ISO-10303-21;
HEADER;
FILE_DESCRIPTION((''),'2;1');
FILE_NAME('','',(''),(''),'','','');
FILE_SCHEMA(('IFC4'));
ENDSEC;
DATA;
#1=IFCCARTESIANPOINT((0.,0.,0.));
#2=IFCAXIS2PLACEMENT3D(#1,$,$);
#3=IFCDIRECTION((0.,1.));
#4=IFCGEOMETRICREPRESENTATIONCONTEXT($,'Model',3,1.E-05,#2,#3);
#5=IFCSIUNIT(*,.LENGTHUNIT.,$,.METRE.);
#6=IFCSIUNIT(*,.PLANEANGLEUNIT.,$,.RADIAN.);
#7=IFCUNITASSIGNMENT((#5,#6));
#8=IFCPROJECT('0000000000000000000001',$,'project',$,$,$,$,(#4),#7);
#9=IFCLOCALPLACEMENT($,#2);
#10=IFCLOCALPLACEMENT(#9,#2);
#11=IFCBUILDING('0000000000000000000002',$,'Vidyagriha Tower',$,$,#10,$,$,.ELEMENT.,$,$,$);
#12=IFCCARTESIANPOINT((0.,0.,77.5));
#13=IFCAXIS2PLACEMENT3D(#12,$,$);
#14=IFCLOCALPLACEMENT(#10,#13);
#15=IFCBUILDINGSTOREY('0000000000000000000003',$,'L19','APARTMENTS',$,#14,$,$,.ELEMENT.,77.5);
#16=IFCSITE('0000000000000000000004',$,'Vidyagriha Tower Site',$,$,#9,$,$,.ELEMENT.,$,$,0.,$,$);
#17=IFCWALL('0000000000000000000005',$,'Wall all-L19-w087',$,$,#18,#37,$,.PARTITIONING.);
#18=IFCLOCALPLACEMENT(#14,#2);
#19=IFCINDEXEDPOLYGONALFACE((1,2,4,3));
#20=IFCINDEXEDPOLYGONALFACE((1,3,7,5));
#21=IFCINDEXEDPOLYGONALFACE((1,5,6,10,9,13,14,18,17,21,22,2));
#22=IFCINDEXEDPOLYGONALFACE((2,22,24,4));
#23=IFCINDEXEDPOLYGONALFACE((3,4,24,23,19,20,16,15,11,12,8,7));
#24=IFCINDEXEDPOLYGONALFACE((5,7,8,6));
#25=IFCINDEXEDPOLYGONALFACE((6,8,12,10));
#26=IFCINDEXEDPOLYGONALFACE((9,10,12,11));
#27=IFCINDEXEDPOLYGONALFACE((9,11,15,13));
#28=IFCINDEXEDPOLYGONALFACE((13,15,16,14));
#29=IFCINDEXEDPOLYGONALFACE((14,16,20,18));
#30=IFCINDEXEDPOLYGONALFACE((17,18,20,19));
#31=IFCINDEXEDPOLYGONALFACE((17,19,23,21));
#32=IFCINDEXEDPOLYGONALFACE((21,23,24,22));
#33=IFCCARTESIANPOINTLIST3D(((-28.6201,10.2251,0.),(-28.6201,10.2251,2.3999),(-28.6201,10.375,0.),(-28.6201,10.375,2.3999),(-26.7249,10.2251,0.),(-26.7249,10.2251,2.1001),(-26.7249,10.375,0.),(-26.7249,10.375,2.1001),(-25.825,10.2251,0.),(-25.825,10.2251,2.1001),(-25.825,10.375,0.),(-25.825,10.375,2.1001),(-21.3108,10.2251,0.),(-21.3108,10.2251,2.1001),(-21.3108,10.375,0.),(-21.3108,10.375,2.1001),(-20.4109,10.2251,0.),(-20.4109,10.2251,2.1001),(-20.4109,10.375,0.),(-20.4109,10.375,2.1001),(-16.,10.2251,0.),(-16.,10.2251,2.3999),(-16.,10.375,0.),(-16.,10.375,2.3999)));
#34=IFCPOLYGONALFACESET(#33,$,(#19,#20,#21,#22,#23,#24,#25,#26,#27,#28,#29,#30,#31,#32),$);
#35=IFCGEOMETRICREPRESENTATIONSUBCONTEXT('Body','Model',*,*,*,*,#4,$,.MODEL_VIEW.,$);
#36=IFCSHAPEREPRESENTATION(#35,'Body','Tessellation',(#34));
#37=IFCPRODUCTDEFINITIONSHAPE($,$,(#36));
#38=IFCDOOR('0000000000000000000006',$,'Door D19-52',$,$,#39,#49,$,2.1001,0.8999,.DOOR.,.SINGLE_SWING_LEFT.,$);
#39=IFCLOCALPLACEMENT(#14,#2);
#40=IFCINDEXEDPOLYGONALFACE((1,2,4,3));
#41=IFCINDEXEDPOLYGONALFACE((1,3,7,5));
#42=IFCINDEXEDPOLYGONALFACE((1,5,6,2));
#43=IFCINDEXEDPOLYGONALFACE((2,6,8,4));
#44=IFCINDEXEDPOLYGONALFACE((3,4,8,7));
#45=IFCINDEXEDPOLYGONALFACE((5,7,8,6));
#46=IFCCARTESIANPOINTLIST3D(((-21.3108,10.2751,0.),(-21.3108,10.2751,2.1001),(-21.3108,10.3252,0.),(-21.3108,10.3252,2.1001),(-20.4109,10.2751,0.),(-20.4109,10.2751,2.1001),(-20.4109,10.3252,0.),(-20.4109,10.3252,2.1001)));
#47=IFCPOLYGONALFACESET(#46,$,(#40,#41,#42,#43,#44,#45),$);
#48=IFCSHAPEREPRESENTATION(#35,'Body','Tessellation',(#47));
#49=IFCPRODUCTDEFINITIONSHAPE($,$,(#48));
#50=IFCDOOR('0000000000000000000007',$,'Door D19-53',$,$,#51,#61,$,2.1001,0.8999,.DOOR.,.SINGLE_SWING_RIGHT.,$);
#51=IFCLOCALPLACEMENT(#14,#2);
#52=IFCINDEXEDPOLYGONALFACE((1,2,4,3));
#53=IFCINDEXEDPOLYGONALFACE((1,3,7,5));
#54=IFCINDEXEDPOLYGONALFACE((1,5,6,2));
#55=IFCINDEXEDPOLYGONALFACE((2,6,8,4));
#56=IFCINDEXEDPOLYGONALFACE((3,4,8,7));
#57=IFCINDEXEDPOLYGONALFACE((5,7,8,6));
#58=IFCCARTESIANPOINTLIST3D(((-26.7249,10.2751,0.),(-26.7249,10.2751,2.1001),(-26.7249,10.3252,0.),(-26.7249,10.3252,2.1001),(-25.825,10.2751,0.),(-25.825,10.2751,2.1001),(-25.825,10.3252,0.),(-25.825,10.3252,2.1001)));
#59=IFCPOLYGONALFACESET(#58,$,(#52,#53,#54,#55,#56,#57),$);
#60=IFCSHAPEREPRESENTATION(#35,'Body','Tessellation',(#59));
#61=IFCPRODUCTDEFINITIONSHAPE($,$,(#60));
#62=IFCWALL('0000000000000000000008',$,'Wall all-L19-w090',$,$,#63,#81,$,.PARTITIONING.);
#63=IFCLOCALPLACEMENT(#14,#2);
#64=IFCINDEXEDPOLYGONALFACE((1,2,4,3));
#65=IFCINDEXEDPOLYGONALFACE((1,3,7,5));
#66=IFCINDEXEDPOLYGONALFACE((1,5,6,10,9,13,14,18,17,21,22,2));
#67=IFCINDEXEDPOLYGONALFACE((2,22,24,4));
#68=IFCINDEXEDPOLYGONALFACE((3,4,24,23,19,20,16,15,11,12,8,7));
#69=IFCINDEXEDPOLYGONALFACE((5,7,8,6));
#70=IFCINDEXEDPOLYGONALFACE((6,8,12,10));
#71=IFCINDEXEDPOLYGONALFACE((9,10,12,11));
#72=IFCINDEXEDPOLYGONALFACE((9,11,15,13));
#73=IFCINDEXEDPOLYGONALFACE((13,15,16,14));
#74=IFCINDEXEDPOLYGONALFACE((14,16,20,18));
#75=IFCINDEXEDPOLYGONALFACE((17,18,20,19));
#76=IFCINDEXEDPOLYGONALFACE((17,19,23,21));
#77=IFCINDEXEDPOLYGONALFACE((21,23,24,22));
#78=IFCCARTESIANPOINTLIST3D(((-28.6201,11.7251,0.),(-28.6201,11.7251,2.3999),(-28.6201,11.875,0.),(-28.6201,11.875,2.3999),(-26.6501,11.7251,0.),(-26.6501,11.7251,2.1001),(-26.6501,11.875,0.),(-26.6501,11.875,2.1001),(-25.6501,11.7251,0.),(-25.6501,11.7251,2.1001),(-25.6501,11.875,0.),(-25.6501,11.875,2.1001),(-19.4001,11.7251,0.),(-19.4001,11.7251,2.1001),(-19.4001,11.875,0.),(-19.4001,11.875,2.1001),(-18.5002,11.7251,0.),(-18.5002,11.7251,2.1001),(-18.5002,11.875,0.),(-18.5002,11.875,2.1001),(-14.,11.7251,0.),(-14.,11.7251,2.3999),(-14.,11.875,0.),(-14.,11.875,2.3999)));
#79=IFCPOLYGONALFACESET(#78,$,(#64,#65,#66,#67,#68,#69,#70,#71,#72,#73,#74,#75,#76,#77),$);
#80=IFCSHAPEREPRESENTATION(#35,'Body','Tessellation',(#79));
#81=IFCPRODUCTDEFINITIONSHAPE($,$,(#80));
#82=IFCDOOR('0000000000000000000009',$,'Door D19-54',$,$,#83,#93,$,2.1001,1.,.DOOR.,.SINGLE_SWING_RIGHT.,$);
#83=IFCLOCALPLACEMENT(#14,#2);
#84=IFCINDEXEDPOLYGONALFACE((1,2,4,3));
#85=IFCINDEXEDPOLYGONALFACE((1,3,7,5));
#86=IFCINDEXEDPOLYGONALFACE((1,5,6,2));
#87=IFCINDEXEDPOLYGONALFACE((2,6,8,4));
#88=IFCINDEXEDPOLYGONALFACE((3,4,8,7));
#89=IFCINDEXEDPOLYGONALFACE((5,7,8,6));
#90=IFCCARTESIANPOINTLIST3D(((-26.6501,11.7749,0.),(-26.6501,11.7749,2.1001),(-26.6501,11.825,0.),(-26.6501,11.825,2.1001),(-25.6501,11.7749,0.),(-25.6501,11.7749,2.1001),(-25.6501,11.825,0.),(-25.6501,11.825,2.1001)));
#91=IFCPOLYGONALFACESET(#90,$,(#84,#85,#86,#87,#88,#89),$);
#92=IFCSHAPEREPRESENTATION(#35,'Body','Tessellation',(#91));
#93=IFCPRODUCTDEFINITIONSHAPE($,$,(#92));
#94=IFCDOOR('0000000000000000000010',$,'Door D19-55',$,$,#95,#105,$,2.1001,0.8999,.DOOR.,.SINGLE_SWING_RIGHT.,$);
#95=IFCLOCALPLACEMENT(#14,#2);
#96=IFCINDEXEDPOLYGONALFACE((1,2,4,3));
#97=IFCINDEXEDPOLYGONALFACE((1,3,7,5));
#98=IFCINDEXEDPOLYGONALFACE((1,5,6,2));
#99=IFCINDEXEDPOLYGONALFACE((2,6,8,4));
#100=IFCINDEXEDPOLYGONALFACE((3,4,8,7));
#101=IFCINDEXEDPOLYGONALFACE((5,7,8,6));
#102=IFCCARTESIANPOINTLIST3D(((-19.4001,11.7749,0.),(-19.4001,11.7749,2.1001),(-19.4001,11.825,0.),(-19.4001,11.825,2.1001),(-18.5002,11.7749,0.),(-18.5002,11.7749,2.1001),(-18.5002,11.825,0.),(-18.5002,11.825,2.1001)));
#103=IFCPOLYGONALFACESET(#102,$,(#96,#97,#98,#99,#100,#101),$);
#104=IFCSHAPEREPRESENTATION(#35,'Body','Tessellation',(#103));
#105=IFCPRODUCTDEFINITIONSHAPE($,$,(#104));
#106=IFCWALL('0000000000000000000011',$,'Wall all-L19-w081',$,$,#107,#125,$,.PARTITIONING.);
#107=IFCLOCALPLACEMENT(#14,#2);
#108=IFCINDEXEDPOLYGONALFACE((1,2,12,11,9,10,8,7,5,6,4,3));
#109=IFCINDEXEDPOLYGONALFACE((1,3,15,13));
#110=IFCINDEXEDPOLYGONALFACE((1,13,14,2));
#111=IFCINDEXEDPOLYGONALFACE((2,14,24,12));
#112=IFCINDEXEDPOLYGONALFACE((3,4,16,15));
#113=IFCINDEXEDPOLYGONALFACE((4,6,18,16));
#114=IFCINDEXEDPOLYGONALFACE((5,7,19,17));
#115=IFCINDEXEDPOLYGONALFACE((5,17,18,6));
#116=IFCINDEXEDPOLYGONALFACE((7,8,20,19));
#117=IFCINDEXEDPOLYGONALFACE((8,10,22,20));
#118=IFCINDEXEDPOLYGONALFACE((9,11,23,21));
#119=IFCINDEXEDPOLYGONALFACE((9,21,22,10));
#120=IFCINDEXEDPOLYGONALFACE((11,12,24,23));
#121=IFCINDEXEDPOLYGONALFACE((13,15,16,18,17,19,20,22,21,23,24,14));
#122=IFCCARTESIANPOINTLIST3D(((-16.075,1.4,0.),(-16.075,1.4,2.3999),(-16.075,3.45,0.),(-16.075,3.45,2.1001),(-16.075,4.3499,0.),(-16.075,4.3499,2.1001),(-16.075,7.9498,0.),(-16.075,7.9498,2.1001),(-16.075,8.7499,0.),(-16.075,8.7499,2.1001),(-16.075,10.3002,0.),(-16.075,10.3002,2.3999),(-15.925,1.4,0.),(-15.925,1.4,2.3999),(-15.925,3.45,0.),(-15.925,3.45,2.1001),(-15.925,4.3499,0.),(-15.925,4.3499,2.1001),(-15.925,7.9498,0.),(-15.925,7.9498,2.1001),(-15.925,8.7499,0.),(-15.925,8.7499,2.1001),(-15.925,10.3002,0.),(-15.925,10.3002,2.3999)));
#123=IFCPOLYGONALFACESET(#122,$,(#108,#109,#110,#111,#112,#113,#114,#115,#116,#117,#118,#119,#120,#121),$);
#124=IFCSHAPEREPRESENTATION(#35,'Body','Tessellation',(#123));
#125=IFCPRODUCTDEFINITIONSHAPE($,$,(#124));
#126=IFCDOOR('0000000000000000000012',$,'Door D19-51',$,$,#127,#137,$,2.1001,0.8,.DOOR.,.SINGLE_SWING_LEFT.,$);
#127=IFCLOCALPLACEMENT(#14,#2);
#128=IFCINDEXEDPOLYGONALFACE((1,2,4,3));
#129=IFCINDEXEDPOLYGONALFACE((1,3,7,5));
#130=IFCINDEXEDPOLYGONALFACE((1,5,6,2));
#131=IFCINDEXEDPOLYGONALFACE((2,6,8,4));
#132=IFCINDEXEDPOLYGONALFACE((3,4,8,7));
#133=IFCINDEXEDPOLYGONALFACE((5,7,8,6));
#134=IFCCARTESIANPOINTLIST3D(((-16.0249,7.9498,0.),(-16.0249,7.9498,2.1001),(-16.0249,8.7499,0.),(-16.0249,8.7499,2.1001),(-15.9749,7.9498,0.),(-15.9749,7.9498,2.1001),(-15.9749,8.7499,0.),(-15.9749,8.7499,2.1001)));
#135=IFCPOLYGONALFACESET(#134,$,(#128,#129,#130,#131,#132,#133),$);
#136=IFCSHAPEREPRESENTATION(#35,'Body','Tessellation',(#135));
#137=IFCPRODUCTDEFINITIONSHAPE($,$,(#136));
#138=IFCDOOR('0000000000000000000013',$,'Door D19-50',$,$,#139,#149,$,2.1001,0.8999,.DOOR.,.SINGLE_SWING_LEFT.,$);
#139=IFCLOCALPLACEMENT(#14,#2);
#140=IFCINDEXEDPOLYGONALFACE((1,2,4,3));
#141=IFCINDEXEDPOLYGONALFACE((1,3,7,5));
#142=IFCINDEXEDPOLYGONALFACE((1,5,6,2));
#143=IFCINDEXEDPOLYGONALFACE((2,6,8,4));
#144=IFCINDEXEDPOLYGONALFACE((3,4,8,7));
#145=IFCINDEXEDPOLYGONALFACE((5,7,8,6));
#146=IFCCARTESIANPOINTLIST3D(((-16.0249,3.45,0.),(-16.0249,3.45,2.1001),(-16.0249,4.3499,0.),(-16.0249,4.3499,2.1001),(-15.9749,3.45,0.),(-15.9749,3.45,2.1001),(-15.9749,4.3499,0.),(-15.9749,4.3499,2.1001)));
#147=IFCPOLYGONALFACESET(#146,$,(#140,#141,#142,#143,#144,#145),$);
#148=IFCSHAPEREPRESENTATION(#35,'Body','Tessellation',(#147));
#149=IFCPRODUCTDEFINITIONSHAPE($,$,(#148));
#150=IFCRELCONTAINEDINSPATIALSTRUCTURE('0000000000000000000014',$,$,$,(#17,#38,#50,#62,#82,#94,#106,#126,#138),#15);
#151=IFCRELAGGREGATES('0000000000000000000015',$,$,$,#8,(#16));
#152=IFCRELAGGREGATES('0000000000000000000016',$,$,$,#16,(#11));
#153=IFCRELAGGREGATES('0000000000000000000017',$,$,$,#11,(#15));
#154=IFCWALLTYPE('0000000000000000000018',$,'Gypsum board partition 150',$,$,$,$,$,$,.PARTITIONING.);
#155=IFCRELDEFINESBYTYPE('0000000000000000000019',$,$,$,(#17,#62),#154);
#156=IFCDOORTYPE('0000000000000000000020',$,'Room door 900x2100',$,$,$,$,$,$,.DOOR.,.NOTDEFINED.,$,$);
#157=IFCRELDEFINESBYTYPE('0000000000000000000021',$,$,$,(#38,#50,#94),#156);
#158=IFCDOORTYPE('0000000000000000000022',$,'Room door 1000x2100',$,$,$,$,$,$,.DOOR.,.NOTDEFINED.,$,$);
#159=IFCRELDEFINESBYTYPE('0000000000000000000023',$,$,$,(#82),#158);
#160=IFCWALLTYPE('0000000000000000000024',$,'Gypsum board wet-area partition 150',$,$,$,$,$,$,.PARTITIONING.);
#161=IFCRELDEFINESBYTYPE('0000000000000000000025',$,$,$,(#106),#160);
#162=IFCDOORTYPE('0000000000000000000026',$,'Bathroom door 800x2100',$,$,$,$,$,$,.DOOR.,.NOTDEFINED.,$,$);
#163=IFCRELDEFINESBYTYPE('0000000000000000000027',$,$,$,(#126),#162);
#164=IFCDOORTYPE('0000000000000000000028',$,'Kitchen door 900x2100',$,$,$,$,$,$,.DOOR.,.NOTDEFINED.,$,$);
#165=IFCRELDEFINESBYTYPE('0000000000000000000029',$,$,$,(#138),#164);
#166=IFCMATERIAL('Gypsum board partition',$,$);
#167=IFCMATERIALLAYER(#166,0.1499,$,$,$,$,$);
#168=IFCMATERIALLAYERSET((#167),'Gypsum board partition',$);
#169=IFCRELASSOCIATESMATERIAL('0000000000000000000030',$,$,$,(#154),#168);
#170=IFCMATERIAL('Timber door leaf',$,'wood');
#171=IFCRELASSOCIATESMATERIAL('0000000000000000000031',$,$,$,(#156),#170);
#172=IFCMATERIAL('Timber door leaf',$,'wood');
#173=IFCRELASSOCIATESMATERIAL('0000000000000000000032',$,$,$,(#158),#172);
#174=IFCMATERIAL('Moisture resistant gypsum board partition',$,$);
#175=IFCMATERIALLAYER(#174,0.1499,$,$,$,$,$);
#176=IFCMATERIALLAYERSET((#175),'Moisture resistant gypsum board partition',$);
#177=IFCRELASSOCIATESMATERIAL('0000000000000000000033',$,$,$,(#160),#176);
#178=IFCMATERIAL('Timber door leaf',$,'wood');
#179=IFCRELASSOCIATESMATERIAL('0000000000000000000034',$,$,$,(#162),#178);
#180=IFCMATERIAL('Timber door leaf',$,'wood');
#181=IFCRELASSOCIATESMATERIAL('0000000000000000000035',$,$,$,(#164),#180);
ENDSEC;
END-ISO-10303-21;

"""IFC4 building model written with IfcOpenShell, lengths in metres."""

from ifc_helpers import new_model, si_unit, direction, frame, frame_2d, origin, place, context, subcontext, project, spatial, rectangle, extrude, material, layer, layer_set, type_object, element, fill, save


model = new_model("IFC4")

# Units and contexts
model_context = context("Model", 3, precision=1e-05, world=origin(), true_north=direction((0.0, 1.0)))
body_context = subcontext(model_context, "Body", "Model", "MODEL_VIEW")
ifc_project = project(units=[si_unit("LENGTHUNIT", "METRE"), si_unit("PLANEANGLEUNIT", "RADIAN")], contexts=[model_context])

# Site, building, storey
site_placement = place(None, origin())
site = spatial("IfcSite", under=ifc_project, at=site_placement, Name="Vidyagriha Tower Site", CompositionType="ELEMENT", RefElevation=0.0)
building_placement = place(site_placement, origin())
building = spatial("IfcBuilding", under=site, at=building_placement, Name="Vidyagriha Tower", CompositionType="ELEMENT")
storey_placement = place(building_placement, frame((0.0, 0.0, 77.5)))
storey = spatial("IfcBuildingStorey", under=building, at=storey_placement, Name="L19", Description="APARTMENTS", CompositionType="ELEMENT", Elevation=77.5)

# Shared definitions
ifc_material_1 = material(Name="Gypsum board partition")
ifc_layer_1 = layer(ifc_material_1, 0.1499)
ifc_layer_set_1 = layer_set([ifc_layer_1], Name="Gypsum board partition")
wall_type_1 = type_object("IfcWallType", Name="Gypsum board partition 150", PredefinedType="PARTITIONING", material=ifc_layer_set_1)

# Walls, openings, doors
wall_1_placement = place(storey_placement, frame((-16.0, 10.3, 0.0), z_axis=(0.0, 0.0, 1.0), x_axis=(-1.0, 0.0, 0.0)))
wall_1 = element("IfcWall", 1, at=wall_1_placement, inside=storey, type_object=wall_type_1, Name="Wall all-L19-w087", PredefinedType="PARTITIONING", context=body_context, shape_type="SweptSolid", body=[
    extrude(rectangle(XDim=12.6201, YDim=0.1499, at=frame_2d((6.3101, 0.0))), origin(), (0.0, 0.0, 1.0), 2.3999),
])
opening_1_placement = place(wall_1_placement, frame((4.4109, 0.0, 0.0)))
opening_1 = element("IfcOpeningElement", 2, at=opening_1_placement, cuts=wall_1, PredefinedType="OPENING", context=body_context, shape_type="SweptSolid", body=[
    extrude(rectangle(XDim=0.8999, YDim=2.1001, at=frame_2d((0.45, 1.05))), frame((0.0, 0.085, 0.0), z_axis=(0.0, -1.0, 0.0), x_axis=(1.0, 0.0, 0.0)), (0.0, 0.0, 1.0), 0.1699),
])
opening_2_placement = place(wall_1_placement, frame((9.825, 0.0, 0.0)))
opening_2 = element("IfcOpeningElement", 3, at=opening_2_placement, cuts=wall_1, PredefinedType="OPENING", context=body_context, shape_type="SweptSolid", body=[
    extrude(rectangle(XDim=0.8999, YDim=2.1001, at=frame_2d((0.45, 1.05))), frame((0.0, 0.085, 0.0), z_axis=(0.0, -1.0, 0.0), x_axis=(1.0, 0.0, 0.0)), (0.0, 0.0, 1.0), 0.1699),
])
ifc_material_2 = material(Name="Timber door leaf", Category="wood")
door_type_1 = type_object("IfcDoorType", Name="Room door 900x2100", OperationType="NOTDEFINED", PredefinedType="DOOR", material=ifc_material_2)
door_1_placement = place(opening_1_placement, origin())
door_1 = element("IfcDoor", 4, at=door_1_placement, inside=storey, type_object=door_type_1, Name="Door D19-52", OperationType="SINGLE_SWING_LEFT", OverallHeight=2.1001, OverallWidth=0.8999, PredefinedType="DOOR", context=body_context, shape_type="SweptSolid", body=[
    extrude(rectangle(XDim=0.8999, YDim=2.1001, at=frame_2d((0.45, 1.05))), frame((0.0, 0.0249, 0.0), z_axis=(0.0, -1.0, 0.0), x_axis=(1.0, 0.0, 0.0)), (0.0, 0.0, 1.0), 0.05),
])
fill(opening_1, door_1)
door_2_placement = place(opening_2_placement, origin())
door_2 = element("IfcDoor", 5, at=door_2_placement, inside=storey, type_object=door_type_1, Name="Door D19-53", OperationType="SINGLE_SWING_RIGHT", OverallHeight=2.1001, OverallWidth=0.8999, PredefinedType="DOOR", context=body_context, shape_type="SweptSolid", body=[
    extrude(rectangle(XDim=0.8999, YDim=2.1001, at=frame_2d((0.45, 1.05))), frame((0.0, 0.0249, 0.0), z_axis=(0.0, -1.0, 0.0), x_axis=(1.0, 0.0, 0.0)), (0.0, 0.0, 1.0), 0.05),
])
fill(opening_2, door_2)
wall_2_placement = place(storey_placement, frame((-28.6201, 11.8, 0.0)))
wall_2 = element("IfcWall", 6, at=wall_2_placement, inside=storey, type_object=wall_type_1, Name="Wall all-L19-w090", PredefinedType="PARTITIONING", context=body_context, shape_type="SweptSolid", body=[
    extrude(rectangle(XDim=14.6201, YDim=0.1499, at=frame_2d((7.3101, 0.0))), origin(), (0.0, 0.0, 1.0), 2.3999),
])
opening_3_placement = place(wall_2_placement, frame((1.97, 0.0, 0.0)))
opening_3 = element("IfcOpeningElement", 7, at=opening_3_placement, cuts=wall_2, PredefinedType="OPENING", context=body_context, shape_type="SweptSolid", body=[
    extrude(rectangle(XDim=1.0, YDim=2.1001, at=frame_2d((0.5, 1.05))), frame((0.0, 0.085, 0.0), z_axis=(0.0, -1.0, 0.0), x_axis=(1.0, 0.0, 0.0)), (0.0, 0.0, 1.0), 0.1699),
])
opening_4_placement = place(wall_2_placement, frame((9.22, 0.0, 0.0)))
opening_4 = element("IfcOpeningElement", 8, at=opening_4_placement, cuts=wall_2, PredefinedType="OPENING", context=body_context, shape_type="SweptSolid", body=[
    extrude(rectangle(XDim=0.8999, YDim=2.1001, at=frame_2d((0.45, 1.05))), frame((0.0, 0.085, 0.0), z_axis=(0.0, -1.0, 0.0), x_axis=(1.0, 0.0, 0.0)), (0.0, 0.0, 1.0), 0.1699),
])
ifc_material_3 = material(Name="Timber door leaf", Category="wood")
door_type_2 = type_object("IfcDoorType", Name="Room door 1000x2100", OperationType="NOTDEFINED", PredefinedType="DOOR", material=ifc_material_3)
door_3_placement = place(opening_3_placement, origin())
door_3 = element("IfcDoor", 9, at=door_3_placement, inside=storey, type_object=door_type_2, Name="Door D19-54", OperationType="SINGLE_SWING_RIGHT", OverallHeight=2.1001, OverallWidth=1.0, PredefinedType="DOOR", context=body_context, shape_type="SweptSolid", body=[
    extrude(rectangle(XDim=1.0, YDim=2.1001, at=frame_2d((0.5, 1.05))), frame((0.0, 0.0249, 0.0), z_axis=(0.0, -1.0, 0.0), x_axis=(1.0, 0.0, 0.0)), (0.0, 0.0, 1.0), 0.05),
])
fill(opening_3, door_3)
door_4_placement = place(opening_4_placement, origin())
door_4 = element("IfcDoor", 10, at=door_4_placement, inside=storey, type_object=door_type_1, Name="Door D19-55", OperationType="SINGLE_SWING_RIGHT", OverallHeight=2.1001, OverallWidth=0.8999, PredefinedType="DOOR", context=body_context, shape_type="SweptSolid", body=[
    extrude(rectangle(XDim=0.8999, YDim=2.1001, at=frame_2d((0.45, 1.05))), frame((0.0, 0.0249, 0.0), z_axis=(0.0, -1.0, 0.0), x_axis=(1.0, 0.0, 0.0)), (0.0, 0.0, 1.0), 0.05),
])
fill(opening_4, door_4)
ifc_material_4 = material(Name="Moisture resistant gypsum board partition")
ifc_layer_2 = layer(ifc_material_4, 0.1499)
ifc_layer_set_2 = layer_set([ifc_layer_2], Name="Moisture resistant gypsum board partition")
wall_type_2 = type_object("IfcWallType", Name="Gypsum board wet-area partition 150", PredefinedType="PARTITIONING", material=ifc_layer_set_2)
wall_3_placement = place(storey_placement, frame((-16.0, 1.3999, 0.0), z_axis=(0.0, 0.0, 1.0), x_axis=(0.0, 1.0, 0.0)))
wall_3 = element("IfcWall", 11, at=wall_3_placement, inside=storey, type_object=wall_type_2, Name="Wall all-L19-w081", PredefinedType="PARTITIONING", context=body_context, shape_type="SweptSolid", body=[
    extrude(rectangle(XDim=8.9001, YDim=0.1499, at=frame_2d((4.4502, 0.0))), origin(), (0.0, 0.0, 1.0), 2.3999),
])
opening_5_placement = place(wall_3_placement, frame((2.05, 0.0, 0.0)))
opening_5 = element("IfcOpeningElement", 12, at=opening_5_placement, cuts=wall_3, PredefinedType="OPENING", context=body_context, shape_type="SweptSolid", body=[
    extrude(rectangle(XDim=0.8999, YDim=2.1001, at=frame_2d((0.45, 1.05))), frame((0.0, 0.085, 0.0), z_axis=(0.0, -1.0, 0.0), x_axis=(1.0, 0.0, 0.0)), (0.0, 0.0, 1.0), 0.1699),
])
opening_6_placement = place(wall_3_placement, frame((6.55, 0.0, 0.0)))
opening_6 = element("IfcOpeningElement", 13, at=opening_6_placement, cuts=wall_3, PredefinedType="OPENING", context=body_context, shape_type="SweptSolid", body=[
    extrude(rectangle(XDim=0.8, YDim=2.1001, at=frame_2d((0.3999, 1.05))), frame((0.0, 0.085, 0.0), z_axis=(0.0, -1.0, 0.0), x_axis=(1.0, 0.0, 0.0)), (0.0, 0.0, 1.0), 0.1699),
])
ifc_material_5 = material(Name="Timber door leaf", Category="wood")
door_type_3 = type_object("IfcDoorType", Name="Bathroom door 800x2100", OperationType="NOTDEFINED", PredefinedType="DOOR", material=ifc_material_5)
door_5_placement = place(opening_6_placement, origin())
door_5 = element("IfcDoor", 14, at=door_5_placement, inside=storey, type_object=door_type_3, Name="Door D19-51", OperationType="SINGLE_SWING_LEFT", OverallHeight=2.1001, OverallWidth=0.8, PredefinedType="DOOR", context=body_context, shape_type="SweptSolid", body=[
    extrude(rectangle(XDim=0.8, YDim=2.1001, at=frame_2d((0.3999, 1.05))), frame((0.0, 0.0249, 0.0), z_axis=(0.0, -1.0, 0.0), x_axis=(1.0, 0.0, 0.0)), (0.0, 0.0, 1.0), 0.05),
])
fill(opening_6, door_5)
ifc_material_6 = material(Name="Timber door leaf", Category="wood")
door_type_4 = type_object("IfcDoorType", Name="Kitchen door 900x2100", OperationType="NOTDEFINED", PredefinedType="DOOR", material=ifc_material_6)
door_6_placement = place(opening_5_placement, origin())
door_6 = element("IfcDoor", 15, at=door_6_placement, inside=storey, type_object=door_type_4, Name="Door D19-50", OperationType="SINGLE_SWING_LEFT", OverallHeight=2.1001, OverallWidth=0.8999, PredefinedType="DOOR", context=body_context, shape_type="SweptSolid", body=[
    extrude(rectangle(XDim=0.8999, YDim=2.1001, at=frame_2d((0.45, 1.05))), frame((0.0, 0.0249, 0.0), z_axis=(0.0, -1.0, 0.0), x_axis=(1.0, 0.0, 0.0)), (0.0, 0.0, 1.0), 0.05),
])
fill(opening_5, door_6)

save(model, "model.ifc")
